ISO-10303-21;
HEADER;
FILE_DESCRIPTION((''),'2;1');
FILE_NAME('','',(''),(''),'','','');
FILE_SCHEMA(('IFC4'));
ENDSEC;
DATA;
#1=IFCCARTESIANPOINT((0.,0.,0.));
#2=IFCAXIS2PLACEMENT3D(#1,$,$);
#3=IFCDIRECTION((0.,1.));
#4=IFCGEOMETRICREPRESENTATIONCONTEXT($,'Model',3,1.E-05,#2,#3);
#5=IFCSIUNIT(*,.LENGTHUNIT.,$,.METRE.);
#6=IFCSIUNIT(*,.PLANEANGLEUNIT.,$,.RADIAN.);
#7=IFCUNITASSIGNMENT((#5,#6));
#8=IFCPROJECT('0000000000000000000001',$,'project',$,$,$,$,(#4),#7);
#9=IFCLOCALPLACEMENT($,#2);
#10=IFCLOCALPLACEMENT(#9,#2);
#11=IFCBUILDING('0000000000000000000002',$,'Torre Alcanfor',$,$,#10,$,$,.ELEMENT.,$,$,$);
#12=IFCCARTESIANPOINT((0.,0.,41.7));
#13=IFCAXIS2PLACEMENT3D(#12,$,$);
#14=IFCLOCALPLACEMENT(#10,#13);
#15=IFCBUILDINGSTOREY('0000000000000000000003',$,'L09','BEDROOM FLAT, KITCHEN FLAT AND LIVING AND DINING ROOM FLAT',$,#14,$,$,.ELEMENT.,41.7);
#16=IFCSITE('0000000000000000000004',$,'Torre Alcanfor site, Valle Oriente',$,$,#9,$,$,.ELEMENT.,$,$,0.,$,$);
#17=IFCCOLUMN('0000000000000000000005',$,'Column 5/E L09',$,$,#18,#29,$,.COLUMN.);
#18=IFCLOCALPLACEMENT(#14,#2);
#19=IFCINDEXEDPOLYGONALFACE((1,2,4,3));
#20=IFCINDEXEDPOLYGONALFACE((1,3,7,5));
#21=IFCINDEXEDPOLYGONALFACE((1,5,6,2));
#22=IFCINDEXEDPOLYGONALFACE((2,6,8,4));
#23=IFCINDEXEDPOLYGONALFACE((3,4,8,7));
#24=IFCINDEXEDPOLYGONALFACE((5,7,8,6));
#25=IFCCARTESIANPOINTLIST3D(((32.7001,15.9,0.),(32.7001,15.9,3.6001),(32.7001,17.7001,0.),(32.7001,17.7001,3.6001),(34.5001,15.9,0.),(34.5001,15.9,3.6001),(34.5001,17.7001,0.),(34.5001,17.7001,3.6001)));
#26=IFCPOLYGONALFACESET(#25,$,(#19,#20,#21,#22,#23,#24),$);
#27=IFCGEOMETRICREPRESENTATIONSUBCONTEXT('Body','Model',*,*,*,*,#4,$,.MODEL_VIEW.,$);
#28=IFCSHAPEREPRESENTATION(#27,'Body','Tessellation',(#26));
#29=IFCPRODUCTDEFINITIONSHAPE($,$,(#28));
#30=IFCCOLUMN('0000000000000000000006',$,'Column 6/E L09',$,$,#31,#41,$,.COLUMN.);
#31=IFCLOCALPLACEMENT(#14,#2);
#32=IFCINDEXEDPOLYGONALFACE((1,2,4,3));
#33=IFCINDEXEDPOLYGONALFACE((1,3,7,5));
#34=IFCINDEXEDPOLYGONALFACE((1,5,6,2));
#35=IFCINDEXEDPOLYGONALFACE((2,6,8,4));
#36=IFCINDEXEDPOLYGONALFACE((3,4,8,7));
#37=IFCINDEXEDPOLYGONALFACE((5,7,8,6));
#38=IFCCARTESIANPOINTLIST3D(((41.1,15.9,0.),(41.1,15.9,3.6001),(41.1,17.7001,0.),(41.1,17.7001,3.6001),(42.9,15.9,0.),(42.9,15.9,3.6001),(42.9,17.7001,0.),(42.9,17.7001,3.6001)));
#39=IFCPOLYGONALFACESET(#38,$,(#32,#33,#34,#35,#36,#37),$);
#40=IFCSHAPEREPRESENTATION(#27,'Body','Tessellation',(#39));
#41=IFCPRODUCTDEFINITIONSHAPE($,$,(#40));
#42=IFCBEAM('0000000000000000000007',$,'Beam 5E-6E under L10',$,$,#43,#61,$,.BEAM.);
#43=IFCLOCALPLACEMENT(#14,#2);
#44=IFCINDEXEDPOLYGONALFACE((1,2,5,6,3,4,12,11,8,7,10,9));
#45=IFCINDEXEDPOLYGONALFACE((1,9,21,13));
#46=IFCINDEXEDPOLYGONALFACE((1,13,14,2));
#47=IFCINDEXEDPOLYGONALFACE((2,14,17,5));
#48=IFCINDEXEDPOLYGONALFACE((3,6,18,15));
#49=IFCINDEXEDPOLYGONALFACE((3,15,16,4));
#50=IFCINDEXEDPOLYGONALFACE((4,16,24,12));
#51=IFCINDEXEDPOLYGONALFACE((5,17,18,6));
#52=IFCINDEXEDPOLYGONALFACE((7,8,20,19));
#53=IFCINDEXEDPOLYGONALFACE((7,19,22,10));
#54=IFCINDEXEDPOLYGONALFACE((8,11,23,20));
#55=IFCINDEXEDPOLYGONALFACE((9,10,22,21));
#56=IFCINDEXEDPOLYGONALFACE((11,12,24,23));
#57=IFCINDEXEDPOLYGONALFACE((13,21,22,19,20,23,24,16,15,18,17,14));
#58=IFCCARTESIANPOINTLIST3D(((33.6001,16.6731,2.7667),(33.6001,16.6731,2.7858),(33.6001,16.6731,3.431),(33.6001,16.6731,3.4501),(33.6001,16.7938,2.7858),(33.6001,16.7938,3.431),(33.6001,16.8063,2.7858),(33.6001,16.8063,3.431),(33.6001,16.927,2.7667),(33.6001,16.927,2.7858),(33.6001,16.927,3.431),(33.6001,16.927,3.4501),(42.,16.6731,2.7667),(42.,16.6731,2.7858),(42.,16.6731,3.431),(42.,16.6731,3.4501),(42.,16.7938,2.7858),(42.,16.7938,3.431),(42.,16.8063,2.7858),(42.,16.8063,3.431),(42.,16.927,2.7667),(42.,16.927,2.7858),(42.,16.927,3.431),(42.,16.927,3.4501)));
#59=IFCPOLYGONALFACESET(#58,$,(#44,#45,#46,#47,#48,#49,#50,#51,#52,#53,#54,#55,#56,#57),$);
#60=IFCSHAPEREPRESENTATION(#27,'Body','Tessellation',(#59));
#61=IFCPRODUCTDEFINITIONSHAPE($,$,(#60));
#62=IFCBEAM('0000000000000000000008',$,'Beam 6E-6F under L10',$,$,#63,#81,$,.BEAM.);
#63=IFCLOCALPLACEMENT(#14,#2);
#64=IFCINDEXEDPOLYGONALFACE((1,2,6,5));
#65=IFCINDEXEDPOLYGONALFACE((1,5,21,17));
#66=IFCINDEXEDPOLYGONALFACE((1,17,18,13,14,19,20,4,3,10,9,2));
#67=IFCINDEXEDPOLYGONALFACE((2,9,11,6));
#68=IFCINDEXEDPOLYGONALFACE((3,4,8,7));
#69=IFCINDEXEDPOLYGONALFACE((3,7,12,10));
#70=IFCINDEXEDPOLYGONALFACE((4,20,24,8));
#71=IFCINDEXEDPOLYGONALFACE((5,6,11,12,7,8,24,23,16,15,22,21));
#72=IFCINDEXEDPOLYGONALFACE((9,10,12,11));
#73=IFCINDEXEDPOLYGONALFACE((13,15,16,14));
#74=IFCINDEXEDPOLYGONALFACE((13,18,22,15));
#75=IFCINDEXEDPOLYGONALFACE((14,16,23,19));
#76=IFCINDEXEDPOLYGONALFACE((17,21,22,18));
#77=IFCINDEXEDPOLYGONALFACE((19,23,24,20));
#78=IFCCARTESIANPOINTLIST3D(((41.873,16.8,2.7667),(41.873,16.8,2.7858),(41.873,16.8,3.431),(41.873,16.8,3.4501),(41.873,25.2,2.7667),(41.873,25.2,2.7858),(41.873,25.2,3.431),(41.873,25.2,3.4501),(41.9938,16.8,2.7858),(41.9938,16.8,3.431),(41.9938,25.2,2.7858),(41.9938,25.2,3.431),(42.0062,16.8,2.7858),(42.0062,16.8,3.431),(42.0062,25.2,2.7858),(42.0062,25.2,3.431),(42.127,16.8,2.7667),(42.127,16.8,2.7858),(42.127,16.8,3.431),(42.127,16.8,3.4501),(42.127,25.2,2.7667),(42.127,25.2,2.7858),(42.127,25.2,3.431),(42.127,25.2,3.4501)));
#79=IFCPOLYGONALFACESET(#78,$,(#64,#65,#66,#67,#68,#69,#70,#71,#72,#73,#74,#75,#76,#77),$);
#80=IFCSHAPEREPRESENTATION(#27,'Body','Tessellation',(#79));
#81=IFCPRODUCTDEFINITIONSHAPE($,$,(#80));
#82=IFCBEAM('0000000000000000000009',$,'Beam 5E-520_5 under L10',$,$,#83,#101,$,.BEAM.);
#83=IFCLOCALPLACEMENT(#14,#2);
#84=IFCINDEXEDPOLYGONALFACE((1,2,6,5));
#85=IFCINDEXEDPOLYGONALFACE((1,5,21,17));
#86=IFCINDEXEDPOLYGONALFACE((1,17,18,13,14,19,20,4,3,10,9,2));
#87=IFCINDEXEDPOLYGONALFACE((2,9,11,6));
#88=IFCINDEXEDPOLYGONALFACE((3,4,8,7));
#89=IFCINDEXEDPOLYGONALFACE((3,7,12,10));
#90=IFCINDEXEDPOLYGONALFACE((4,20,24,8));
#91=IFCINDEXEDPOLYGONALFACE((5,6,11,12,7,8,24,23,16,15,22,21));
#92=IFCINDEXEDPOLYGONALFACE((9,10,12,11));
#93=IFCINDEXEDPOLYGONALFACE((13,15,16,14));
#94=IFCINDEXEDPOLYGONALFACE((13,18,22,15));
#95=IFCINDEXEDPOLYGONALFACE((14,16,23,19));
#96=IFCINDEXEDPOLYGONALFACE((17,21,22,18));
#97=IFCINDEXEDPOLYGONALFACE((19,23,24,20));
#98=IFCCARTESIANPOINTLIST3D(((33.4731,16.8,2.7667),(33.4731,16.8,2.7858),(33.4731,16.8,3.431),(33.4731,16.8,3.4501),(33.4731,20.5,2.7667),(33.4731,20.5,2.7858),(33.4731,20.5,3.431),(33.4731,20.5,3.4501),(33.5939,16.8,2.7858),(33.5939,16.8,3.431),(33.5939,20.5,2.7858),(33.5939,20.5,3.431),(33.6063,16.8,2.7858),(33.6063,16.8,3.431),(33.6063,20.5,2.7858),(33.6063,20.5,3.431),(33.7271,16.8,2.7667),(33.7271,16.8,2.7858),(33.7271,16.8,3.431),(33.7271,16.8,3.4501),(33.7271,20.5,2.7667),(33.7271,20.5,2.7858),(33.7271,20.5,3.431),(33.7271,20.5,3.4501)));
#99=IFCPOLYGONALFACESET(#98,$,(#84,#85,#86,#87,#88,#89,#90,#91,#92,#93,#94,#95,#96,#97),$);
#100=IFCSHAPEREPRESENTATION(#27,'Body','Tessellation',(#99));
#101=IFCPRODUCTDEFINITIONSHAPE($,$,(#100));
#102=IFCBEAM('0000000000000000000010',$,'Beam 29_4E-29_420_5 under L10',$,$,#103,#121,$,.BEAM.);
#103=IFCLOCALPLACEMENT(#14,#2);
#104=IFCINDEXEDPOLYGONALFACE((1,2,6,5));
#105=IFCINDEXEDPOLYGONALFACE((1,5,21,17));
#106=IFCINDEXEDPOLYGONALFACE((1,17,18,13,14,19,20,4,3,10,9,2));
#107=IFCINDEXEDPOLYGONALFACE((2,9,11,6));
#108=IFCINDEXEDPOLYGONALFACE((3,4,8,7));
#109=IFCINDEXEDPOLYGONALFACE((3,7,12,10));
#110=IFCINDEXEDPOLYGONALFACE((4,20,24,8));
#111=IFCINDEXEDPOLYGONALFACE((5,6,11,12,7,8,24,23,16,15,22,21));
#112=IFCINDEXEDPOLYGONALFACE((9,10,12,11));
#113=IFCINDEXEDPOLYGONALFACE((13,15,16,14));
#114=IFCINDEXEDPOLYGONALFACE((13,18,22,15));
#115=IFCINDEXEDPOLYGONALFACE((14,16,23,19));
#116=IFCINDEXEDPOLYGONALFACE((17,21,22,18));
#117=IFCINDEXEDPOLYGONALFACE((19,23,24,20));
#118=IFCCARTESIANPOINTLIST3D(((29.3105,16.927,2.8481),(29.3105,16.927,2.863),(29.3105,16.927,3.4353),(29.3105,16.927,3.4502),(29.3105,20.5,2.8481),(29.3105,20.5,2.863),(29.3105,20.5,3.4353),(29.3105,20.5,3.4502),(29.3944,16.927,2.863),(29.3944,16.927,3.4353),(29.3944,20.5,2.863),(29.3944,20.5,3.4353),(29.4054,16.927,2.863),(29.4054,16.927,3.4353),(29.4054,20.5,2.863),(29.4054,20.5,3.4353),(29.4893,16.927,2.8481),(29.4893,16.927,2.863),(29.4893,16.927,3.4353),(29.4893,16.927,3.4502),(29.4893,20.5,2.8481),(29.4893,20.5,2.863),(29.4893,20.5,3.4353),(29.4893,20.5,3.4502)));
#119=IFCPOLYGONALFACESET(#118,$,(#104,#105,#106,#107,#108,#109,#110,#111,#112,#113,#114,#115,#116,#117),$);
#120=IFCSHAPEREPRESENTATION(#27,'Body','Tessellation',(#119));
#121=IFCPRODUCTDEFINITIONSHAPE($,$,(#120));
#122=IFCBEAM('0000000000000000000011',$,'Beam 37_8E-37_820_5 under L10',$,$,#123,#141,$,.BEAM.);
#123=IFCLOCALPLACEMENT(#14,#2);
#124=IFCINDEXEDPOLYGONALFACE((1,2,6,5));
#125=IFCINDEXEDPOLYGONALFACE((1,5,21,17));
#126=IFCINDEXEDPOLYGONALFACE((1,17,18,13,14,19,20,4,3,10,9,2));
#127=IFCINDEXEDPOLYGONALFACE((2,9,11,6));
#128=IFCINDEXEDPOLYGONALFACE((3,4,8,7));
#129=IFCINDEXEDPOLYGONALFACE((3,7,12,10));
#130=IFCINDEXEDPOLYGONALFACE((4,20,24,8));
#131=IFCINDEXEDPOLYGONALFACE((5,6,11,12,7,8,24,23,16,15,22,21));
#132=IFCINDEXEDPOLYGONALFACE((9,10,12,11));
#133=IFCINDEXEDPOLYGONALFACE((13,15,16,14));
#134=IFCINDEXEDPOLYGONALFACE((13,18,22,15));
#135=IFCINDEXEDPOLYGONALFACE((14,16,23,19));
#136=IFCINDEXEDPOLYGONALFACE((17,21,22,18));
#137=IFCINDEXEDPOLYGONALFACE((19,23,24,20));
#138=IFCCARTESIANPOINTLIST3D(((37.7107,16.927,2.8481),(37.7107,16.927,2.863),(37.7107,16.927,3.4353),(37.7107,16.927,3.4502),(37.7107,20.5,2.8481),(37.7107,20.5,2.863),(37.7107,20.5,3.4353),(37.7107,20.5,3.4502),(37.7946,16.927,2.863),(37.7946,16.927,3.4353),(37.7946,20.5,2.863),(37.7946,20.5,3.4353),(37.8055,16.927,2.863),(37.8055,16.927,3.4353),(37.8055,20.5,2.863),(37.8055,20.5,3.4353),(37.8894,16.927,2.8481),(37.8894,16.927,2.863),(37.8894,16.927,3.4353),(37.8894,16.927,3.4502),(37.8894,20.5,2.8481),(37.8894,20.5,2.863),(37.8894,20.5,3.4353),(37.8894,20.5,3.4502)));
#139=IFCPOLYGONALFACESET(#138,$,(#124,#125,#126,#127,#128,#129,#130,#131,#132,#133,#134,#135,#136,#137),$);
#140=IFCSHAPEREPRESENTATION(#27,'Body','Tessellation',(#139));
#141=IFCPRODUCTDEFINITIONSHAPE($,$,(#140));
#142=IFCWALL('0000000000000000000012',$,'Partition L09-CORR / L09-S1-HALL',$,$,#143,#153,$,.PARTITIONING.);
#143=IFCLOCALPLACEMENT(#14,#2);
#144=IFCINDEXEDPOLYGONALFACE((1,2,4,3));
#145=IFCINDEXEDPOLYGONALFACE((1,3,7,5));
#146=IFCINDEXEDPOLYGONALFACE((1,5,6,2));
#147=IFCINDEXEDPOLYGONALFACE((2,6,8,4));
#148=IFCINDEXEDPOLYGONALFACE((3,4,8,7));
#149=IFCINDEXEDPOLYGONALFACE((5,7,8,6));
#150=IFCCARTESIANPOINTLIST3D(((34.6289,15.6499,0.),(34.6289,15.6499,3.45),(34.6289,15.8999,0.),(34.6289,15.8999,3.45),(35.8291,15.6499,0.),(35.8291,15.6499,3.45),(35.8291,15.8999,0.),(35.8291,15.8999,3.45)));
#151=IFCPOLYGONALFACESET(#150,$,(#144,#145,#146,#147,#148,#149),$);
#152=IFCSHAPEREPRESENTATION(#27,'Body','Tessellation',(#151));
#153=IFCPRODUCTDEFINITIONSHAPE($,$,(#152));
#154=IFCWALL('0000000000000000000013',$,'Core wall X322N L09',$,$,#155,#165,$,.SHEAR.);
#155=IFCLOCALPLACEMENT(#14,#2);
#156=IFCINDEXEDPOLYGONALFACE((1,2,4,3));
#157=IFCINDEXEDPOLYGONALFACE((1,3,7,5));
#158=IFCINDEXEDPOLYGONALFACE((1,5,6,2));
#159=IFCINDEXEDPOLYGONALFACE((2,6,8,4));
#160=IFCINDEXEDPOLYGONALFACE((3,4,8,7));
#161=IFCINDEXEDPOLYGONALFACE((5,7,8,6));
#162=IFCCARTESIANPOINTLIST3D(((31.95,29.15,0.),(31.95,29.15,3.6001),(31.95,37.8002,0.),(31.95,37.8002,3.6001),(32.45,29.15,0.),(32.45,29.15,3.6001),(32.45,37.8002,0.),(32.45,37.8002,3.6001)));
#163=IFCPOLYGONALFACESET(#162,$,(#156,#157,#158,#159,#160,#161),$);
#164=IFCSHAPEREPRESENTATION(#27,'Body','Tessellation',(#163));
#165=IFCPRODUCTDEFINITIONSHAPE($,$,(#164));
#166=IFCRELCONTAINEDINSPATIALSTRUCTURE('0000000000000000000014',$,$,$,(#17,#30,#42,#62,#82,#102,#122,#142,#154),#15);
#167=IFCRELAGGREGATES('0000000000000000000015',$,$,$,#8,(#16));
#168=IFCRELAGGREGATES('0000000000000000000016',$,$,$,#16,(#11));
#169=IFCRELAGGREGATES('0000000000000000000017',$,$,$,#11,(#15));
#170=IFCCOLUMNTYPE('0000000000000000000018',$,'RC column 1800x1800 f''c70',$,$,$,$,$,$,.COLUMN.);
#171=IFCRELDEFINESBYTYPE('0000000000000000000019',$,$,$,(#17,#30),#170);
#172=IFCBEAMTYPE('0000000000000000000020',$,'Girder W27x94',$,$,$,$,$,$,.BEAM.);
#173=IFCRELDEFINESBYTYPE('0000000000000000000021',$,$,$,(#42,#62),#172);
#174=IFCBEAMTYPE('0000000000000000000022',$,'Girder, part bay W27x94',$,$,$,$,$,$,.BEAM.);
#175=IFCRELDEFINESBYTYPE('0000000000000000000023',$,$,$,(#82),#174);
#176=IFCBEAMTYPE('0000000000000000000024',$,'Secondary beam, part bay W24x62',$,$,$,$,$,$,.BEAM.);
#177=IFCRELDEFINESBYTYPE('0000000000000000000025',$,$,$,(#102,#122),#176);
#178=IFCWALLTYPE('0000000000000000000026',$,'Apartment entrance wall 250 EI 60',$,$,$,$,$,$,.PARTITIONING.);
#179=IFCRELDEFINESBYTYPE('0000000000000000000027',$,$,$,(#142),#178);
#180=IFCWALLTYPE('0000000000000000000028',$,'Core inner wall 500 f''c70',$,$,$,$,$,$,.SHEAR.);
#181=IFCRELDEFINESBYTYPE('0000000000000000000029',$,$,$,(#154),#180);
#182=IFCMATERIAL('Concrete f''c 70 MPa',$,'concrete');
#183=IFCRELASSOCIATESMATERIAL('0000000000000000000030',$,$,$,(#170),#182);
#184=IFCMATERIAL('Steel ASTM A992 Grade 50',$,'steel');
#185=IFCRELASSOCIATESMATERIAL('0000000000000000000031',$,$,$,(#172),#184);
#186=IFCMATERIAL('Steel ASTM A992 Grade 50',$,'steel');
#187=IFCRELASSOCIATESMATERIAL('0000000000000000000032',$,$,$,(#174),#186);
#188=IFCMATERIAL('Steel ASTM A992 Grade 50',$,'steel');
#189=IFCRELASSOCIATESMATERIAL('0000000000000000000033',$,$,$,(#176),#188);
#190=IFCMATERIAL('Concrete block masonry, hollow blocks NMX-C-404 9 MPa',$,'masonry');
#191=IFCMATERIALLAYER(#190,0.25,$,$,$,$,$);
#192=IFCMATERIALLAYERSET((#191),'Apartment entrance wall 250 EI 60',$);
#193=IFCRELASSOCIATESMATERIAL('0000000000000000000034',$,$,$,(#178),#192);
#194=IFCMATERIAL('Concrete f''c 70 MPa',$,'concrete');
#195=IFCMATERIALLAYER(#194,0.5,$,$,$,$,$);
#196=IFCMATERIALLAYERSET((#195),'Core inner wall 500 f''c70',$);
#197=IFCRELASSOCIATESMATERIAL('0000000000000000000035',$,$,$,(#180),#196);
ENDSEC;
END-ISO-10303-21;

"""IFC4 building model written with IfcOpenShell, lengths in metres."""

from ifc_helpers import new_model, si_unit, direction, frame, frame_2d, origin, origin_2d, place, context, subcontext, project, spatial, rectangle, i_section, extrude, material, layer, layer_set, material_profile, profile_set, type_object, element, save


model = new_model("IFC4")

# Units and contexts
model_context = context("Model", 3, precision=1e-05, world=origin(), true_north=direction((0.0, 1.0)))
body_context = subcontext(model_context, "Body", "Model", "MODEL_VIEW")
ifc_project = project(units=[si_unit("LENGTHUNIT", "METRE"), si_unit("PLANEANGLEUNIT", "RADIAN")], contexts=[model_context])

# Site, building, storey
site_placement = place(None, origin())
site = spatial("IfcSite", under=ifc_project, at=site_placement, Name="Torre Alcanfor site, Valle Oriente", CompositionType="ELEMENT", RefElevation=0.0)
building_placement = place(site_placement, origin())
building = spatial("IfcBuilding", under=site, at=building_placement, Name="Torre Alcanfor", CompositionType="ELEMENT")
storey_placement = place(building_placement, frame((0.0, 0.0, 41.7)))
storey = spatial("IfcBuildingStorey", under=building, at=storey_placement, Name="L09", Description="BEDROOM FLAT, KITCHEN FLAT AND LIVING AND DINING ROOM FLAT", CompositionType="ELEMENT", Elevation=41.7)

# Columns
ifc_material_1 = material(Name="Concrete f'c 70 MPa", Category="concrete")
ifc_material_profile_1 = material_profile(ifc_material_1, rectangle(XDim=1.8, YDim=1.8, at=origin_2d()), Name="1800x1800")
ifc_profile_set_1 = profile_set([ifc_material_profile_1], Name="Concrete f'c 70 MPa")
column_type = type_object("IfcColumnType", Name="RC column 1800x1800 f'c70", PredefinedType="COLUMN", material=ifc_profile_set_1)
for number, where, z_axis, x_axis, name in (
    (1, (33.6001, 16.8, 0.0), (0.0, 0.0, 1.0), (1.0, 0.0, 0.0), "Column 5/E L09"),
    (2, (42.0, 16.8, 0.0), (0.0, 0.0, 1.0), (1.0, 0.0, 0.0), "Column 6/E L09"),
):
    element("IfcColumn", number, at=place(storey_placement, frame(where, z_axis=z_axis, x_axis=x_axis)), inside=storey, type_object=column_type, Name=name, PredefinedType="COLUMN", context=body_context, shape_type="SweptSolid", body=[
        extrude(rectangle(XDim=1.8, YDim=1.8, at=origin_2d()), origin(), (0.0, 0.0, 1.0), 3.6001),
    ])

# Beams
ifc_material_2 = material(Name="Steel ASTM A992 Grade 50", Category="steel")
ifc_material_profile_2 = material_profile(ifc_material_2, i_section(OverallWidth=0.2539, OverallDepth=0.6833, WebThickness=0.0125, FlangeThickness=0.019, at=origin_2d()), Name="W27x94")
ifc_profile_set_2 = profile_set([ifc_material_profile_2], Name="Steel ASTM A992 Grade 50")
beam_type_1 = type_object("IfcBeamType", Name="Girder W27x94", PredefinedType="BEAM", material=ifc_profile_set_2)
for number, where, z_axis, x_axis, name in (
    (3, (33.6001, 16.8, 3.1084), (1.0, 0.0, 0.0), (0.0, 1.0, 0.0), "Beam 5E-6E under L10"),
    (4, (42.0, 16.8, 3.1084), (0.0, 1.0, 0.0), (-1.0, 0.0, 0.0), "Beam 6E-6F under L10"),
):
    element("IfcBeam", number, at=place(storey_placement, frame(where, z_axis=z_axis, x_axis=x_axis)), inside=storey, type_object=beam_type_1, Name=name, PredefinedType="BEAM", context=body_context, shape_type="SweptSolid", body=[
        extrude(i_section(OverallWidth=0.2539, OverallDepth=0.6833, WebThickness=0.0125, FlangeThickness=0.019, at=origin_2d()), origin(), (0.0, 0.0, 1.0), 8.3999),
    ])
ifc_material_3 = material(Name="Steel ASTM A992 Grade 50", Category="steel")
ifc_material_profile_3 = material_profile(ifc_material_3, i_section(OverallWidth=0.2539, OverallDepth=0.6833, WebThickness=0.0125, FlangeThickness=0.019, at=origin_2d()), Name="W27x94")
ifc_profile_set_3 = profile_set([ifc_material_profile_3], Name="Steel ASTM A992 Grade 50")
beam_type_2 = type_object("IfcBeamType", Name="Girder, part bay W27x94", PredefinedType="BEAM", material=ifc_profile_set_3)
beam_placement = place(storey_placement, frame((33.6001, 16.8, 3.1084), z_axis=(0.0, 1.0, 0.0), x_axis=(-1.0, 0.0, 0.0)))
element("IfcBeam", 5, at=beam_placement, inside=storey, type_object=beam_type_2, Name="Beam 5E-520_5 under L10", PredefinedType="BEAM", context=body_context, shape_type="SweptSolid", body=[
    extrude(i_section(OverallWidth=0.2539, OverallDepth=0.6833, WebThickness=0.0125, FlangeThickness=0.019, at=origin_2d()), origin(), (0.0, 0.0, 1.0), 3.7),
])
ifc_material_4 = material(Name="Steel ASTM A992 Grade 50", Category="steel")
ifc_material_profile_4 = material_profile(ifc_material_4, i_section(OverallWidth=0.1787, OverallDepth=0.6021, WebThickness=0.011, FlangeThickness=0.0149, at=origin_2d()), Name="W24x62")
ifc_profile_set_4 = profile_set([ifc_material_profile_4], Name="Steel ASTM A992 Grade 50")
beam_type_3 = type_object("IfcBeamType", Name="Secondary beam, part bay W24x62", PredefinedType="BEAM", material=ifc_profile_set_4)
for number, where, z_axis, x_axis, name in (
    (6, (29.3999, 16.927, 3.1492), (0.0, 1.0, 0.0), (-1.0, 0.0, 0.0), "Beam 29_4E-29_420_5 under L10"),
    (7, (37.8, 16.927, 3.1492), (0.0, 1.0, 0.0), (-1.0, 0.0, 0.0), "Beam 37_8E-37_820_5 under L10"),
):
    element("IfcBeam", number, at=place(storey_placement, frame(where, z_axis=z_axis, x_axis=x_axis)), inside=storey, type_object=beam_type_3, Name=name, PredefinedType="BEAM", context=body_context, shape_type="SweptSolid", body=[
        extrude(i_section(OverallWidth=0.1787, OverallDepth=0.6021, WebThickness=0.011, FlangeThickness=0.0149, at=origin_2d()), origin(), (0.0, 0.0, 1.0), 3.573),
    ])

# Walls
ifc_material_5 = material(Name="Concrete block masonry, hollow blocks NMX-C-404 9 MPa", Category="masonry")
ifc_layer_1 = layer(ifc_material_5, 0.25)
ifc_layer_set_1 = layer_set([ifc_layer_1], Name="Apartment entrance wall 250 EI 60")
wall_type_1 = type_object("IfcWallType", Name="Apartment entrance wall 250 EI 60", PredefinedType="PARTITIONING", material=ifc_layer_set_1)
wall_1_placement = place(storey_placement, frame((35.8291, 15.7749, 0.0), z_axis=(0.0, 0.0, 1.0), x_axis=(-1.0, 0.0, 0.0)))
element("IfcWall", 8, at=wall_1_placement, inside=storey, type_object=wall_type_1, Name="Partition L09-CORR / L09-S1-HALL", PredefinedType="PARTITIONING", context=body_context, shape_type="SweptSolid", body=[
    extrude(rectangle(XDim=1.2002, YDim=0.25, at=frame_2d((0.6001, 0.0))), origin(), (0.0, 0.0, 1.0), 3.45),
])
ifc_material_6 = material(Name="Concrete f'c 70 MPa", Category="concrete")
ifc_layer_2 = layer(ifc_material_6, 0.5)
ifc_layer_set_2 = layer_set([ifc_layer_2], Name="Core inner wall 500 f'c70")
wall_type_2 = type_object("IfcWallType", Name="Core inner wall 500 f'c70", PredefinedType="SHEAR", material=ifc_layer_set_2)
wall_2_placement = place(storey_placement, frame((32.2, 29.1499, 0.0), z_axis=(0.0, 0.0, 1.0), x_axis=(0.0, 1.0, 0.0)))
element("IfcWall", 9, at=wall_2_placement, inside=storey, type_object=wall_type_2, Name="Core wall X322N L09", PredefinedType="SHEAR", context=body_context, shape_type="SweptSolid", body=[
    extrude(rectangle(XDim=8.6501, YDim=0.5, at=frame_2d((4.3252, 0.0))), origin(), (0.0, 0.0, 1.0), 3.6001),
])

save(model, "model.ifc")
